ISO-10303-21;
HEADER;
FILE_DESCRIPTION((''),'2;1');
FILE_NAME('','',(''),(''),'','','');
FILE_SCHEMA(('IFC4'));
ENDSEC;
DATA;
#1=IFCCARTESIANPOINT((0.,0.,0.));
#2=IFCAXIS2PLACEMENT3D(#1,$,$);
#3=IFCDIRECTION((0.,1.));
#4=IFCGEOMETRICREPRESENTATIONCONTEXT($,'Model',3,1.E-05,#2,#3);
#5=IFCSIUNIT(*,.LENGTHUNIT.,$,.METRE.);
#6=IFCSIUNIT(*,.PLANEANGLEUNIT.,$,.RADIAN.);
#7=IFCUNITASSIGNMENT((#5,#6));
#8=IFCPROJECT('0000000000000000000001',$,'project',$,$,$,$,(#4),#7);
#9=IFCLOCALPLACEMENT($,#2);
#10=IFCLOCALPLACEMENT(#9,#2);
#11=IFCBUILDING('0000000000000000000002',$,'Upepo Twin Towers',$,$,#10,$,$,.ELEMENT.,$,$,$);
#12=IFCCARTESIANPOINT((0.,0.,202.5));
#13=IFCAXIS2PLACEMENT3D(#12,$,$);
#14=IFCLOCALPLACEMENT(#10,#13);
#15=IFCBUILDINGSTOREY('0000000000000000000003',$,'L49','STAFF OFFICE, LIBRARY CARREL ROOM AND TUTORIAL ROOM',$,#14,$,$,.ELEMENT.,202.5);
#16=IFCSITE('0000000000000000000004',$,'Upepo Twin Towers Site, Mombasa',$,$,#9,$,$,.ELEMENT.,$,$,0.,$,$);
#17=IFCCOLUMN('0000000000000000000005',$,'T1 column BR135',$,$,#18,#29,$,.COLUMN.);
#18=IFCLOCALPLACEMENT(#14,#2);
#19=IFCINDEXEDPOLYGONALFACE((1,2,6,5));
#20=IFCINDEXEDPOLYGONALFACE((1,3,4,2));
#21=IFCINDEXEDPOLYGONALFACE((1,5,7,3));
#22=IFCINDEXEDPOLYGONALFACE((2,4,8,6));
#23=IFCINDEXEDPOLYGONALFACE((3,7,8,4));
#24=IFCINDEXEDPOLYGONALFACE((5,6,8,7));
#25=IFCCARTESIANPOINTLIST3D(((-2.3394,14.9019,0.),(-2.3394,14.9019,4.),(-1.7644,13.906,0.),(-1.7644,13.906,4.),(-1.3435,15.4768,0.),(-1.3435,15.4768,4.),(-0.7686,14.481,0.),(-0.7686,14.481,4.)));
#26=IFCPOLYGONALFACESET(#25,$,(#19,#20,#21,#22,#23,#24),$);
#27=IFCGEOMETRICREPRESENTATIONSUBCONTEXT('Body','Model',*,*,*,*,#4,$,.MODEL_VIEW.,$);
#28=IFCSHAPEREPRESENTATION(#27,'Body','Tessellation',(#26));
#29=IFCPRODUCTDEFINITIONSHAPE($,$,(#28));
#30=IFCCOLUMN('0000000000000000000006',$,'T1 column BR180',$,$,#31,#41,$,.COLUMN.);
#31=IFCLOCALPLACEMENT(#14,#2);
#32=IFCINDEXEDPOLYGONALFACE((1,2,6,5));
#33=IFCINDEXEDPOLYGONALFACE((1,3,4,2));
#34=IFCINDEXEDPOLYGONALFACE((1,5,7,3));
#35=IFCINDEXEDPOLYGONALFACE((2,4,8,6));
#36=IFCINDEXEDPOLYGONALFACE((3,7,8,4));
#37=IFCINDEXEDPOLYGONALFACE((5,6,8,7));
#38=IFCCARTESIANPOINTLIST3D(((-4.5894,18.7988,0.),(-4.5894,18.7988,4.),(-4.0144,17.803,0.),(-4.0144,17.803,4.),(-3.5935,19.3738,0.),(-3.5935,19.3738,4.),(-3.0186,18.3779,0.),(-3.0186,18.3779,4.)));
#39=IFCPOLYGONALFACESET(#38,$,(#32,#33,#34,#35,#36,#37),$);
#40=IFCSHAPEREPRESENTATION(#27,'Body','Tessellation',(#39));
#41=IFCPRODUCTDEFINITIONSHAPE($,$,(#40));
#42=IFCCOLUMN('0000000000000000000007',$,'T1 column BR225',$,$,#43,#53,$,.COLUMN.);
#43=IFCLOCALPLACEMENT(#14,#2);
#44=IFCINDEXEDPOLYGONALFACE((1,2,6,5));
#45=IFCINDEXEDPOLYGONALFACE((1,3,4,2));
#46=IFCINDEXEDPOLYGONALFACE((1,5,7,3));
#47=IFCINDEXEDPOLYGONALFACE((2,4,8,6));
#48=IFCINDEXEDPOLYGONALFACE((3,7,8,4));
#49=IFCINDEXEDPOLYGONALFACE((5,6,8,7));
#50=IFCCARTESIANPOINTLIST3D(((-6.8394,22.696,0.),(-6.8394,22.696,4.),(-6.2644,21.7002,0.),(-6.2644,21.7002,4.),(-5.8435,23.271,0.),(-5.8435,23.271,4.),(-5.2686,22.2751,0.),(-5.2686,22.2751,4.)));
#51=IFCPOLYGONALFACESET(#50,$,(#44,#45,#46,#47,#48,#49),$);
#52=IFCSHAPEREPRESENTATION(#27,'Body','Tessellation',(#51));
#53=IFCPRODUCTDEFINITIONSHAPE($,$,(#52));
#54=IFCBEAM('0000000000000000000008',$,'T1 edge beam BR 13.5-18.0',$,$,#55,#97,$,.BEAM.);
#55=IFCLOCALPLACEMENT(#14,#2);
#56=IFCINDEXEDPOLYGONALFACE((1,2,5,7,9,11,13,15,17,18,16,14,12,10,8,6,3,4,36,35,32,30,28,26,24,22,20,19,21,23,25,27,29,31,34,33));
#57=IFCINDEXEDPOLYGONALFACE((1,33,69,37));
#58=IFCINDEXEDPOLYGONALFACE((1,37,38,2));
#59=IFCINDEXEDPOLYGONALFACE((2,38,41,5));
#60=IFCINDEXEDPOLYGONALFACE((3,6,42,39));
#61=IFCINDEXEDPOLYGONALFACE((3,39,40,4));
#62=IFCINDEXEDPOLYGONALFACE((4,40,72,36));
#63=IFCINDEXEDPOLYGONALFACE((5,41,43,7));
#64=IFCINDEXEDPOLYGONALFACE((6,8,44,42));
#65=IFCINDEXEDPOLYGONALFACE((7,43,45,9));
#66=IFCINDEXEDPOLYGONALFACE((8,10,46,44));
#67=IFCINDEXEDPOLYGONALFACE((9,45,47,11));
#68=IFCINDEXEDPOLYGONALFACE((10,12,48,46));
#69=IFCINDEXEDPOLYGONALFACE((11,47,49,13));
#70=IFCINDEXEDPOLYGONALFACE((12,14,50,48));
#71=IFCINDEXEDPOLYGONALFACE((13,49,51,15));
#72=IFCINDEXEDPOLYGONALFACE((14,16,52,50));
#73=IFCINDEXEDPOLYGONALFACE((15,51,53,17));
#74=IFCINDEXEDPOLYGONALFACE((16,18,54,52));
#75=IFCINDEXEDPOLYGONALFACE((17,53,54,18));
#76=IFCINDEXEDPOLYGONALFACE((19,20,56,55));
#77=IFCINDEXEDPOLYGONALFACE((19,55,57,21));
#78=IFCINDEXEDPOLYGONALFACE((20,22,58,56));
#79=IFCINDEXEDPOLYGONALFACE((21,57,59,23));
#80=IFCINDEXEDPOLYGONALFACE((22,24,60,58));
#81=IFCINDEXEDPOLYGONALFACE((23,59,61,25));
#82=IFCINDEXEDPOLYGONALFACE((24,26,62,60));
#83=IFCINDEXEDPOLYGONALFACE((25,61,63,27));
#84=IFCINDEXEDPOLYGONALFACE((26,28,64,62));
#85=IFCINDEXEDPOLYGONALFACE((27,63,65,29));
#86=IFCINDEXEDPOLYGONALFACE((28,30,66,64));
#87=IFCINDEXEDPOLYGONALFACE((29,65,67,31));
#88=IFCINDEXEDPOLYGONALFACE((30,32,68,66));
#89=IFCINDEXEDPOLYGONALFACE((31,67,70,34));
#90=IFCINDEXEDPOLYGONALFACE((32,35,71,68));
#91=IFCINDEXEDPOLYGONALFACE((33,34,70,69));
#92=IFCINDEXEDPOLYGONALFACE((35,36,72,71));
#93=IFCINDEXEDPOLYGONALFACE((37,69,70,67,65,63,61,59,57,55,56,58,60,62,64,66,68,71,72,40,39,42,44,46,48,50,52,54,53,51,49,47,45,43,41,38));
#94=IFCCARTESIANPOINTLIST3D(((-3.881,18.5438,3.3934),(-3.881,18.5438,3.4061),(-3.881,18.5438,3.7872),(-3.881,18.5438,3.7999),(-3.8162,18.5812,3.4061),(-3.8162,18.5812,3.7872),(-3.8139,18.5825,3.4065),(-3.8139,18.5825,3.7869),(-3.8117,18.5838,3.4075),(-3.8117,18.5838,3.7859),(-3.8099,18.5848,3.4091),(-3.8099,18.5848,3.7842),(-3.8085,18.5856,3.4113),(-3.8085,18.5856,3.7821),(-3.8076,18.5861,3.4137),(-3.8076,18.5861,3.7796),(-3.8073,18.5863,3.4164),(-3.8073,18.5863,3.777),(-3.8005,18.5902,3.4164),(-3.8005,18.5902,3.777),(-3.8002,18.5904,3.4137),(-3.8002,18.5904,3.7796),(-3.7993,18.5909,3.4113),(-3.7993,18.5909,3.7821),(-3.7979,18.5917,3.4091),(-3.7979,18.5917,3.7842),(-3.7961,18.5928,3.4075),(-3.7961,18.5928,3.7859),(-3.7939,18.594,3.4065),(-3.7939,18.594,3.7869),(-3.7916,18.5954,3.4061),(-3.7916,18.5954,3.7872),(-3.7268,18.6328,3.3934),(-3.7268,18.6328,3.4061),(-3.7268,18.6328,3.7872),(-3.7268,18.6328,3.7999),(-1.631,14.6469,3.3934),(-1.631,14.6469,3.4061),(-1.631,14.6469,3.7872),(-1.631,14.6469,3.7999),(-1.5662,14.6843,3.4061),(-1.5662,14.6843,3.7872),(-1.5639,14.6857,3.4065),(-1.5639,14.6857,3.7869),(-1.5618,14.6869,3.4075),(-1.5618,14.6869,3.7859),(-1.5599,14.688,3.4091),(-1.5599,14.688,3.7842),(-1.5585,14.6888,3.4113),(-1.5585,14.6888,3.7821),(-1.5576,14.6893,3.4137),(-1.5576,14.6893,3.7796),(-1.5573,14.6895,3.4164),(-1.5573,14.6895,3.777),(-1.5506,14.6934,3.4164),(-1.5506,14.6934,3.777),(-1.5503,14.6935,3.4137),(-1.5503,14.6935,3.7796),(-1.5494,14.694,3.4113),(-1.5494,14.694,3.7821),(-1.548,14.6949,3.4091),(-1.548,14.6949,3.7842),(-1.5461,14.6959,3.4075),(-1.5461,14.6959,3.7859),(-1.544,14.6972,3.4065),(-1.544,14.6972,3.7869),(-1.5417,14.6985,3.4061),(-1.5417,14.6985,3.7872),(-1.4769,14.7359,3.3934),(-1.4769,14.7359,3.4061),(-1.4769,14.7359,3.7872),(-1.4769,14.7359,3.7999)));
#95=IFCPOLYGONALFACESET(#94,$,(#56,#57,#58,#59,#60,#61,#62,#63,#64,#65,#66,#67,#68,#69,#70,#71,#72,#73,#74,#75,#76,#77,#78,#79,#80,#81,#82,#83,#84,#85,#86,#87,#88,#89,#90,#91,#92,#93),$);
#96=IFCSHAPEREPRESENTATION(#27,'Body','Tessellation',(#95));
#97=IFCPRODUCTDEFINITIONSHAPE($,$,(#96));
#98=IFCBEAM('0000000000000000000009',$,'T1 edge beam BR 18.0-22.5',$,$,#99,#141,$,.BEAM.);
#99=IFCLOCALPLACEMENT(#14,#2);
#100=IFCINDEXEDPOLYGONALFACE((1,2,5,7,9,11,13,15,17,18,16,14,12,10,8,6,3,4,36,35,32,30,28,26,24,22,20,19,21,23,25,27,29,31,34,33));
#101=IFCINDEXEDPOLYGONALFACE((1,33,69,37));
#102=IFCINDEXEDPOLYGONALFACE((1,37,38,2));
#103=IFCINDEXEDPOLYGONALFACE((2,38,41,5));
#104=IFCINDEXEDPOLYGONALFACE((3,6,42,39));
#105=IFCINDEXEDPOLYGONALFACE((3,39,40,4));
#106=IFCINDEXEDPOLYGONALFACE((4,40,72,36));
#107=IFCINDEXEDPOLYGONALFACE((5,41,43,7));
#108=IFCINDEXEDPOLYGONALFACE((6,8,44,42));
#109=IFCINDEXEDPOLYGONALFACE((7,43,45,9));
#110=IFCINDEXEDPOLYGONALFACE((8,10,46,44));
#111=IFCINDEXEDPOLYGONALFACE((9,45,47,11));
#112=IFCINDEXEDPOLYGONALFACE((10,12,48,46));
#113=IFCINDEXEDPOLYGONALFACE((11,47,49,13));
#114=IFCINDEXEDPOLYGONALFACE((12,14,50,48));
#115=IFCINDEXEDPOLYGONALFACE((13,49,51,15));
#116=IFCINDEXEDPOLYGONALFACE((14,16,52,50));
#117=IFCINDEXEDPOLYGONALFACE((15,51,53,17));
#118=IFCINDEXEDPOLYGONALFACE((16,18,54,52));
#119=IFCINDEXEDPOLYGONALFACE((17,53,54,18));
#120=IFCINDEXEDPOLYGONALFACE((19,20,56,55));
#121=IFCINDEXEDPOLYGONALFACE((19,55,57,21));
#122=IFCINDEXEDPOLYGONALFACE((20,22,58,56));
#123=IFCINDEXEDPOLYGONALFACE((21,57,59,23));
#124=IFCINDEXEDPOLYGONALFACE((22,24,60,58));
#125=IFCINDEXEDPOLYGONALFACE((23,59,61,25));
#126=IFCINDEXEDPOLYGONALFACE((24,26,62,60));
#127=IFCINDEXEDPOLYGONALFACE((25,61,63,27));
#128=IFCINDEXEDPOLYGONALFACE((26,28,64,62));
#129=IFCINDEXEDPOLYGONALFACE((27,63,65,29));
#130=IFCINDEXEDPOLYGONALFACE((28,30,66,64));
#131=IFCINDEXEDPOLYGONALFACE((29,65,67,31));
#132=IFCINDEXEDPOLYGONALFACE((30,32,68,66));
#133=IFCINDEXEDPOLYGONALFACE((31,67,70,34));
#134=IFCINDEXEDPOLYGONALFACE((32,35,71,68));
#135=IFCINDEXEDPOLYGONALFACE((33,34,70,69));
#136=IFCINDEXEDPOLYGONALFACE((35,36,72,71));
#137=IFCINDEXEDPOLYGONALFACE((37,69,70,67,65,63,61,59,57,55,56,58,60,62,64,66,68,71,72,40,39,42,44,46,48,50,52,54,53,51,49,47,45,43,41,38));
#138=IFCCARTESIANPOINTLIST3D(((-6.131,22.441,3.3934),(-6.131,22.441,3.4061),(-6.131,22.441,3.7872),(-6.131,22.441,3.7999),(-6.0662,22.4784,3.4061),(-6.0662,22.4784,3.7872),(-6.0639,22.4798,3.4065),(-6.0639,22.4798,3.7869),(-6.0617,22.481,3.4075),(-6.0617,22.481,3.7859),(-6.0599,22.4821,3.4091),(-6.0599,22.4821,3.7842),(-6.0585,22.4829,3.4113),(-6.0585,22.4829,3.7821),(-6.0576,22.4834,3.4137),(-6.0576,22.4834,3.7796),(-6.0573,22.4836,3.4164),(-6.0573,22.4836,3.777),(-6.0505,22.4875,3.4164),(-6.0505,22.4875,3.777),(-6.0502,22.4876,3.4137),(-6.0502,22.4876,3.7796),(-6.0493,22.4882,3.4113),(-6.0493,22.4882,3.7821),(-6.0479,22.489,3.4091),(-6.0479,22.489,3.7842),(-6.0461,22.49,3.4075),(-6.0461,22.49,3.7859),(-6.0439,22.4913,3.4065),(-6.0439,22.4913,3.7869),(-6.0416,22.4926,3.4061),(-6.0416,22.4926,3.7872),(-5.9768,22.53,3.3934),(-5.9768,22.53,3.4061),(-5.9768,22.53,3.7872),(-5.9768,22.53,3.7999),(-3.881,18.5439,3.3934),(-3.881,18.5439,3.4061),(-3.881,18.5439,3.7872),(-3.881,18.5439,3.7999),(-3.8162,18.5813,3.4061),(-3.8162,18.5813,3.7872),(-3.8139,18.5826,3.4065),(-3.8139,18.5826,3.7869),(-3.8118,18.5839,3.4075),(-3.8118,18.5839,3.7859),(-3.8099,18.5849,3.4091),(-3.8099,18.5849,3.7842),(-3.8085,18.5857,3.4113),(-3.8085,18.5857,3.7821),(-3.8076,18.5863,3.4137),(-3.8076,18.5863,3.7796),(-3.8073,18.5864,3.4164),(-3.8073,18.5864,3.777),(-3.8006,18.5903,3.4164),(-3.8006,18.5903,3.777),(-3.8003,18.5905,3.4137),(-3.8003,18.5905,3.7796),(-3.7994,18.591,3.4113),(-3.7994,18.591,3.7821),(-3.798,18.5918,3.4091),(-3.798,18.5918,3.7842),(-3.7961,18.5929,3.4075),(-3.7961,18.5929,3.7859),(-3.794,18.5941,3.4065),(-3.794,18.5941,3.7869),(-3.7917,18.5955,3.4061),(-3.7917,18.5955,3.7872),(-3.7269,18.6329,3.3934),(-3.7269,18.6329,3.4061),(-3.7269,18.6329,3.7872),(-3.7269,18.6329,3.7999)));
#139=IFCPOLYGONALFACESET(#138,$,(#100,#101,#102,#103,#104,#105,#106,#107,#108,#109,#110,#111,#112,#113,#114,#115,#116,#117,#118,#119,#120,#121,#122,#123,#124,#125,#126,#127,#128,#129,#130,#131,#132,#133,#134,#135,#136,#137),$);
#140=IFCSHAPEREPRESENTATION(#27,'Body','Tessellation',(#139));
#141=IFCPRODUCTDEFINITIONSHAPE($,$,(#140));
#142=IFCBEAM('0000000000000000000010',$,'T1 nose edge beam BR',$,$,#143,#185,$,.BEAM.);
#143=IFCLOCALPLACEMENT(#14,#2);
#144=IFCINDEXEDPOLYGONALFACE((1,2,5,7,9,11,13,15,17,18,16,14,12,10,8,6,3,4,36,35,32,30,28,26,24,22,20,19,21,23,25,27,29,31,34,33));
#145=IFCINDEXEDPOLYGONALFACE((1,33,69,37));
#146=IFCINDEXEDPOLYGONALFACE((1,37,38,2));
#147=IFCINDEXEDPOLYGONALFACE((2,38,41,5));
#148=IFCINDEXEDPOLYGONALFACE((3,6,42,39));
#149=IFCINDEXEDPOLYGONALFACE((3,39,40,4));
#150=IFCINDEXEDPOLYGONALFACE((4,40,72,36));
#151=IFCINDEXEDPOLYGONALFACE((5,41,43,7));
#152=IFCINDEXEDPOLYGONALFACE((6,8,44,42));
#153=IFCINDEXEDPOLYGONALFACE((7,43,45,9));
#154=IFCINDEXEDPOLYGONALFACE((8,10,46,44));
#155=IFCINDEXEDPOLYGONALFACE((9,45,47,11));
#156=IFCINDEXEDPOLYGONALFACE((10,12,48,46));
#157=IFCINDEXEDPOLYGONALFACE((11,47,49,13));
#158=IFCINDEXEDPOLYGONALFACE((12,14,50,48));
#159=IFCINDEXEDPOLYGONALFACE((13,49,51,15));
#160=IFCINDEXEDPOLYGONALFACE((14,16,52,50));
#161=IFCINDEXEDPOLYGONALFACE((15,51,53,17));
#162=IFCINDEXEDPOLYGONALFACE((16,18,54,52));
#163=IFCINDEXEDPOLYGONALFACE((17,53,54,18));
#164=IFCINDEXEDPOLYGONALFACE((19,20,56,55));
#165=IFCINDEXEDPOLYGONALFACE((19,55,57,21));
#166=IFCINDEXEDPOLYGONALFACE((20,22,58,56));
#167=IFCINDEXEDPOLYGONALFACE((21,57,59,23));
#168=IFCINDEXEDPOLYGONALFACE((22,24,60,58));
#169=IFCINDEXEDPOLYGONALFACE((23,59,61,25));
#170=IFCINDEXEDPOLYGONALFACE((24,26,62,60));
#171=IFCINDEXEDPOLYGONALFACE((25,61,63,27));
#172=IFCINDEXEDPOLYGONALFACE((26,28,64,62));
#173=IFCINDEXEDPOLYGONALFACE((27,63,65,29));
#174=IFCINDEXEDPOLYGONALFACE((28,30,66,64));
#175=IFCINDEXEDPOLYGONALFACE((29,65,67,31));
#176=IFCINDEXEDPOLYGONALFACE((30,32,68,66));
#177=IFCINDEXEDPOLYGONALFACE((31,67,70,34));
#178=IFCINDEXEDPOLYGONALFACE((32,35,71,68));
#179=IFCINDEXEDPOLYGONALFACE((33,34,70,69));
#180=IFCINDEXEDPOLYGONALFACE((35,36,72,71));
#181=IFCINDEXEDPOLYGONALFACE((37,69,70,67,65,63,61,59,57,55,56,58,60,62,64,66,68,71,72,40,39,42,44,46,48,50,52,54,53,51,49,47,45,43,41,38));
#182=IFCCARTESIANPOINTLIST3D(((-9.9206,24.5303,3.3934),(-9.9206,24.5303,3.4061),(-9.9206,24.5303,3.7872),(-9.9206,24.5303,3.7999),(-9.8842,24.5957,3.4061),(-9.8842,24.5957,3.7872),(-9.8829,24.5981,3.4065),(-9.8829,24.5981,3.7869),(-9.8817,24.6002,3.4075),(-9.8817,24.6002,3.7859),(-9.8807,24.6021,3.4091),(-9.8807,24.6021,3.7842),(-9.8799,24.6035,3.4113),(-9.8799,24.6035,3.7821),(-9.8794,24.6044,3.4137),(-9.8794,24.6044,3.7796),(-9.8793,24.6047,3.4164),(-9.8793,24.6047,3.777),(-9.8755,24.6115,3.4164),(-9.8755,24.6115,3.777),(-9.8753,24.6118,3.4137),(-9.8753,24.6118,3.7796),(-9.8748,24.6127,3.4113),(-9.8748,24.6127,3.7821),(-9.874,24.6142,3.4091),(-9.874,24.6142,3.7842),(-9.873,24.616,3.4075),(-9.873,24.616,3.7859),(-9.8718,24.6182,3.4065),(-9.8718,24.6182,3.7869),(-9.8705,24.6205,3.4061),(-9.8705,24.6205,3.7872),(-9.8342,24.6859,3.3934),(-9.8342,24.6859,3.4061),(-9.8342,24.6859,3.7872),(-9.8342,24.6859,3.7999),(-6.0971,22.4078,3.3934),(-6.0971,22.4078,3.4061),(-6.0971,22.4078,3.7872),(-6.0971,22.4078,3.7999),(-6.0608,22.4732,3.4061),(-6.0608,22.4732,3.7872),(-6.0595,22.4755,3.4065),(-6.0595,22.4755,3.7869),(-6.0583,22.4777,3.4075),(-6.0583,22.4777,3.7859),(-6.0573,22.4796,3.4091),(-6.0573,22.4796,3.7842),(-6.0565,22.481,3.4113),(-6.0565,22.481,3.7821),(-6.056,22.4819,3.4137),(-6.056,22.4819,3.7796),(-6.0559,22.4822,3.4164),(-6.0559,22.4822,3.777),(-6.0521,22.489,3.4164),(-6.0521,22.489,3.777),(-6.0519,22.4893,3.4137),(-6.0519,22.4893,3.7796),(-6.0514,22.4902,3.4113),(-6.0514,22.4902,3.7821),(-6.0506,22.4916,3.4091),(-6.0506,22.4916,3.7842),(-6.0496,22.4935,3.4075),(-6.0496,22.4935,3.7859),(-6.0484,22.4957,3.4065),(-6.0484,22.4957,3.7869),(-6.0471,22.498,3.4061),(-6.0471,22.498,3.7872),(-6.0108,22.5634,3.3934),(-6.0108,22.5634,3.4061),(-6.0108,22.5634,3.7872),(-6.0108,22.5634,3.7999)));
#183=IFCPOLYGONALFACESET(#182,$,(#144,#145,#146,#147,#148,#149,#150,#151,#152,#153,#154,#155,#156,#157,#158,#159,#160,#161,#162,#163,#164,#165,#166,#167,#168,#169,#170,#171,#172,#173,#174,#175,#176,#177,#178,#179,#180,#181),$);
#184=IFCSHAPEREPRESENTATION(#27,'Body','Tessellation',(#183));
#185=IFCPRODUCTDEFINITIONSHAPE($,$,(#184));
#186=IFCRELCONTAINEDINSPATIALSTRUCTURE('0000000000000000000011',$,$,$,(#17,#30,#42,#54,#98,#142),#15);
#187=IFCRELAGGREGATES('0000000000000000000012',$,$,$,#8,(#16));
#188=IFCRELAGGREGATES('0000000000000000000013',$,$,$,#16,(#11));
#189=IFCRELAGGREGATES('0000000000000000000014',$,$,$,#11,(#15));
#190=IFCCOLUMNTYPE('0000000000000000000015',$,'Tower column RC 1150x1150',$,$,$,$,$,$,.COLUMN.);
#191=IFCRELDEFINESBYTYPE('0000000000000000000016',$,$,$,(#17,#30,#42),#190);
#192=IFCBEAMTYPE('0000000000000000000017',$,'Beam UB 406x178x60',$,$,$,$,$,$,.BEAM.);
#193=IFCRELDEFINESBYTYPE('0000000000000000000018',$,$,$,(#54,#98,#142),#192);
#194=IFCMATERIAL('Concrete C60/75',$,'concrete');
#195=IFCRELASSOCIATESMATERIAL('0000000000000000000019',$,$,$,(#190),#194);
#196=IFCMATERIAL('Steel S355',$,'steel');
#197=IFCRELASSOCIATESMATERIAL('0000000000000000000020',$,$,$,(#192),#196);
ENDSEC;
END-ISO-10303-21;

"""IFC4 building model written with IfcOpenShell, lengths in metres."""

from ifc_helpers import new_model, si_unit, direction, frame, origin, origin_2d, place, context, subcontext, project, spatial, rectangle, i_section, extrude, material, material_profile, profile_set, type_object, element, save


model = new_model("IFC4")

# Units and contexts
model_context = context("Model", 3, precision=1e-05, world=origin(), true_north=direction((0.0, 1.0)))
body_context = subcontext(model_context, "Body", "Model", "MODEL_VIEW")
ifc_project = project(units=[si_unit("LENGTHUNIT", "METRE"), si_unit("PLANEANGLEUNIT", "RADIAN")], contexts=[model_context])

# Site, building, storey
site_placement = place(None, origin())
site = spatial("IfcSite", under=ifc_project, at=site_placement, Name="Upepo Twin Towers Site, Mombasa", CompositionType="ELEMENT", RefElevation=0.0)
building_placement = place(site_placement, origin())
building = spatial("IfcBuilding", under=site, at=building_placement, Name="Upepo Twin Towers", CompositionType="ELEMENT")
storey_placement = place(building_placement, frame((0.0, 0.0, 202.5)))
storey = spatial("IfcBuildingStorey", under=building, at=storey_placement, Name="L49", Description="STAFF OFFICE, LIBRARY CARREL ROOM AND TUTORIAL ROOM", CompositionType="ELEMENT", Elevation=202.5)

# Columns
ifc_material_1 = material(Name="Concrete C60/75", Category="concrete")
ifc_material_profile_1 = material_profile(ifc_material_1, rectangle(XDim=1.1499, YDim=1.1499, at=origin_2d()), Name="RC 1150x1150")
ifc_profile_set_1 = profile_set([ifc_material_profile_1], Name="Concrete C60/75")
column_type = type_object("IfcColumnType", Name="Tower column RC 1150x1150", PredefinedType="COLUMN", material=ifc_profile_set_1)
for number, where, z_axis, x_axis, name in (
    (1, (-1.554, 14.6914, 0.0), (0.0, 0.0, 1.0), (0.866025, 0.5, 0.0), "T1 column BR135"),
    (2, (-3.804, 18.5884, 0.0), (0.0, 0.0, 1.0), (0.866025, 0.5, 0.0), "T1 column BR180"),
    (3, (-6.054, 22.4856, 0.0), (0.0, 0.0, 1.0), (0.866025, 0.5, 0.0), "T1 column BR225"),
):
    element("IfcColumn", number, at=place(storey_placement, frame(where, z_axis=z_axis, x_axis=x_axis)), inside=storey, type_object=column_type, Name=name, PredefinedType="COLUMN", context=body_context, shape_type="SweptSolid", body=[
        extrude(rectangle(XDim=1.1499, YDim=1.1499, at=origin_2d()), origin(), (0.0, 0.0, 1.0), 4.0),
    ])

# Beams
ifc_material_2 = material(Name="Steel S355", Category="steel")
ifc_material_profile_2 = material_profile(ifc_material_2, i_section(OverallWidth=0.178, OverallDepth=0.4065, WebThickness=0.0078, FlangeThickness=0.0127, FilletRadius=0.0103, at=origin_2d()), Name="UB 406x178x60")
ifc_profile_set_2 = profile_set([ifc_material_profile_2], Name="Steel S355")
beam_type_1 = type_object("IfcBeamType", Name="Beam UB 406x178x60", PredefinedType="BEAM", material=ifc_profile_set_2)
beam_1_placement = place(storey_placement, frame((-1.554, 14.6914, 3.5967), z_axis=(-0.500014, 0.866018, 0.0), x_axis=(-0.866018, -0.500014, 0.0)))
element("IfcBeam", 4, at=beam_1_placement, inside=storey, type_object=beam_type_1, Name="T1 edge beam BR 13.5-18.0", PredefinedType="BEAM", context=body_context, shape_type="SweptSolid", body=[
    extrude(i_section(OverallWidth=0.178, OverallDepth=0.4065, WebThickness=0.0078, FlangeThickness=0.0127, FilletRadius=0.0103, at=origin_2d()), origin(), (0.0, 0.0, 1.0), 4.4998),
])
beam_2_placement = place(storey_placement, frame((-3.804, 18.5884, 3.5967), z_axis=(-0.49999, 0.866031, 0.0), x_axis=(-0.866031, -0.49999, 0.0)))
element("IfcBeam", 5, at=beam_2_placement, inside=storey, type_object=beam_type_1, Name="T1 edge beam BR 18.0-22.5", PredefinedType="BEAM", context=body_context, shape_type="SweptSolid", body=[
    extrude(i_section(OverallWidth=0.178, OverallDepth=0.4065, WebThickness=0.0078, FlangeThickness=0.0127, FilletRadius=0.0103, at=origin_2d()), origin(), (0.0, 0.0, 1.0), 4.5),
])
beam_3_placement = place(storey_placement, frame((-6.054, 22.4856, 3.5967), z_axis=(-0.874313, 0.485363, 0.0), x_axis=(-0.485363, -0.874313, 0.0)))
element("IfcBeam", 6, at=beam_3_placement, inside=storey, type_object=beam_type_1, Name="T1 nose edge beam BR", PredefinedType="BEAM", context=body_context, shape_type="SweptSolid", body=[
    extrude(i_section(OverallWidth=0.178, OverallDepth=0.4065, WebThickness=0.0078, FlangeThickness=0.0127, FilletRadius=0.0103, at=origin_2d()), origin(), (0.0, 0.0, 1.0), 4.373),
])

save(model, "model.ifc")
